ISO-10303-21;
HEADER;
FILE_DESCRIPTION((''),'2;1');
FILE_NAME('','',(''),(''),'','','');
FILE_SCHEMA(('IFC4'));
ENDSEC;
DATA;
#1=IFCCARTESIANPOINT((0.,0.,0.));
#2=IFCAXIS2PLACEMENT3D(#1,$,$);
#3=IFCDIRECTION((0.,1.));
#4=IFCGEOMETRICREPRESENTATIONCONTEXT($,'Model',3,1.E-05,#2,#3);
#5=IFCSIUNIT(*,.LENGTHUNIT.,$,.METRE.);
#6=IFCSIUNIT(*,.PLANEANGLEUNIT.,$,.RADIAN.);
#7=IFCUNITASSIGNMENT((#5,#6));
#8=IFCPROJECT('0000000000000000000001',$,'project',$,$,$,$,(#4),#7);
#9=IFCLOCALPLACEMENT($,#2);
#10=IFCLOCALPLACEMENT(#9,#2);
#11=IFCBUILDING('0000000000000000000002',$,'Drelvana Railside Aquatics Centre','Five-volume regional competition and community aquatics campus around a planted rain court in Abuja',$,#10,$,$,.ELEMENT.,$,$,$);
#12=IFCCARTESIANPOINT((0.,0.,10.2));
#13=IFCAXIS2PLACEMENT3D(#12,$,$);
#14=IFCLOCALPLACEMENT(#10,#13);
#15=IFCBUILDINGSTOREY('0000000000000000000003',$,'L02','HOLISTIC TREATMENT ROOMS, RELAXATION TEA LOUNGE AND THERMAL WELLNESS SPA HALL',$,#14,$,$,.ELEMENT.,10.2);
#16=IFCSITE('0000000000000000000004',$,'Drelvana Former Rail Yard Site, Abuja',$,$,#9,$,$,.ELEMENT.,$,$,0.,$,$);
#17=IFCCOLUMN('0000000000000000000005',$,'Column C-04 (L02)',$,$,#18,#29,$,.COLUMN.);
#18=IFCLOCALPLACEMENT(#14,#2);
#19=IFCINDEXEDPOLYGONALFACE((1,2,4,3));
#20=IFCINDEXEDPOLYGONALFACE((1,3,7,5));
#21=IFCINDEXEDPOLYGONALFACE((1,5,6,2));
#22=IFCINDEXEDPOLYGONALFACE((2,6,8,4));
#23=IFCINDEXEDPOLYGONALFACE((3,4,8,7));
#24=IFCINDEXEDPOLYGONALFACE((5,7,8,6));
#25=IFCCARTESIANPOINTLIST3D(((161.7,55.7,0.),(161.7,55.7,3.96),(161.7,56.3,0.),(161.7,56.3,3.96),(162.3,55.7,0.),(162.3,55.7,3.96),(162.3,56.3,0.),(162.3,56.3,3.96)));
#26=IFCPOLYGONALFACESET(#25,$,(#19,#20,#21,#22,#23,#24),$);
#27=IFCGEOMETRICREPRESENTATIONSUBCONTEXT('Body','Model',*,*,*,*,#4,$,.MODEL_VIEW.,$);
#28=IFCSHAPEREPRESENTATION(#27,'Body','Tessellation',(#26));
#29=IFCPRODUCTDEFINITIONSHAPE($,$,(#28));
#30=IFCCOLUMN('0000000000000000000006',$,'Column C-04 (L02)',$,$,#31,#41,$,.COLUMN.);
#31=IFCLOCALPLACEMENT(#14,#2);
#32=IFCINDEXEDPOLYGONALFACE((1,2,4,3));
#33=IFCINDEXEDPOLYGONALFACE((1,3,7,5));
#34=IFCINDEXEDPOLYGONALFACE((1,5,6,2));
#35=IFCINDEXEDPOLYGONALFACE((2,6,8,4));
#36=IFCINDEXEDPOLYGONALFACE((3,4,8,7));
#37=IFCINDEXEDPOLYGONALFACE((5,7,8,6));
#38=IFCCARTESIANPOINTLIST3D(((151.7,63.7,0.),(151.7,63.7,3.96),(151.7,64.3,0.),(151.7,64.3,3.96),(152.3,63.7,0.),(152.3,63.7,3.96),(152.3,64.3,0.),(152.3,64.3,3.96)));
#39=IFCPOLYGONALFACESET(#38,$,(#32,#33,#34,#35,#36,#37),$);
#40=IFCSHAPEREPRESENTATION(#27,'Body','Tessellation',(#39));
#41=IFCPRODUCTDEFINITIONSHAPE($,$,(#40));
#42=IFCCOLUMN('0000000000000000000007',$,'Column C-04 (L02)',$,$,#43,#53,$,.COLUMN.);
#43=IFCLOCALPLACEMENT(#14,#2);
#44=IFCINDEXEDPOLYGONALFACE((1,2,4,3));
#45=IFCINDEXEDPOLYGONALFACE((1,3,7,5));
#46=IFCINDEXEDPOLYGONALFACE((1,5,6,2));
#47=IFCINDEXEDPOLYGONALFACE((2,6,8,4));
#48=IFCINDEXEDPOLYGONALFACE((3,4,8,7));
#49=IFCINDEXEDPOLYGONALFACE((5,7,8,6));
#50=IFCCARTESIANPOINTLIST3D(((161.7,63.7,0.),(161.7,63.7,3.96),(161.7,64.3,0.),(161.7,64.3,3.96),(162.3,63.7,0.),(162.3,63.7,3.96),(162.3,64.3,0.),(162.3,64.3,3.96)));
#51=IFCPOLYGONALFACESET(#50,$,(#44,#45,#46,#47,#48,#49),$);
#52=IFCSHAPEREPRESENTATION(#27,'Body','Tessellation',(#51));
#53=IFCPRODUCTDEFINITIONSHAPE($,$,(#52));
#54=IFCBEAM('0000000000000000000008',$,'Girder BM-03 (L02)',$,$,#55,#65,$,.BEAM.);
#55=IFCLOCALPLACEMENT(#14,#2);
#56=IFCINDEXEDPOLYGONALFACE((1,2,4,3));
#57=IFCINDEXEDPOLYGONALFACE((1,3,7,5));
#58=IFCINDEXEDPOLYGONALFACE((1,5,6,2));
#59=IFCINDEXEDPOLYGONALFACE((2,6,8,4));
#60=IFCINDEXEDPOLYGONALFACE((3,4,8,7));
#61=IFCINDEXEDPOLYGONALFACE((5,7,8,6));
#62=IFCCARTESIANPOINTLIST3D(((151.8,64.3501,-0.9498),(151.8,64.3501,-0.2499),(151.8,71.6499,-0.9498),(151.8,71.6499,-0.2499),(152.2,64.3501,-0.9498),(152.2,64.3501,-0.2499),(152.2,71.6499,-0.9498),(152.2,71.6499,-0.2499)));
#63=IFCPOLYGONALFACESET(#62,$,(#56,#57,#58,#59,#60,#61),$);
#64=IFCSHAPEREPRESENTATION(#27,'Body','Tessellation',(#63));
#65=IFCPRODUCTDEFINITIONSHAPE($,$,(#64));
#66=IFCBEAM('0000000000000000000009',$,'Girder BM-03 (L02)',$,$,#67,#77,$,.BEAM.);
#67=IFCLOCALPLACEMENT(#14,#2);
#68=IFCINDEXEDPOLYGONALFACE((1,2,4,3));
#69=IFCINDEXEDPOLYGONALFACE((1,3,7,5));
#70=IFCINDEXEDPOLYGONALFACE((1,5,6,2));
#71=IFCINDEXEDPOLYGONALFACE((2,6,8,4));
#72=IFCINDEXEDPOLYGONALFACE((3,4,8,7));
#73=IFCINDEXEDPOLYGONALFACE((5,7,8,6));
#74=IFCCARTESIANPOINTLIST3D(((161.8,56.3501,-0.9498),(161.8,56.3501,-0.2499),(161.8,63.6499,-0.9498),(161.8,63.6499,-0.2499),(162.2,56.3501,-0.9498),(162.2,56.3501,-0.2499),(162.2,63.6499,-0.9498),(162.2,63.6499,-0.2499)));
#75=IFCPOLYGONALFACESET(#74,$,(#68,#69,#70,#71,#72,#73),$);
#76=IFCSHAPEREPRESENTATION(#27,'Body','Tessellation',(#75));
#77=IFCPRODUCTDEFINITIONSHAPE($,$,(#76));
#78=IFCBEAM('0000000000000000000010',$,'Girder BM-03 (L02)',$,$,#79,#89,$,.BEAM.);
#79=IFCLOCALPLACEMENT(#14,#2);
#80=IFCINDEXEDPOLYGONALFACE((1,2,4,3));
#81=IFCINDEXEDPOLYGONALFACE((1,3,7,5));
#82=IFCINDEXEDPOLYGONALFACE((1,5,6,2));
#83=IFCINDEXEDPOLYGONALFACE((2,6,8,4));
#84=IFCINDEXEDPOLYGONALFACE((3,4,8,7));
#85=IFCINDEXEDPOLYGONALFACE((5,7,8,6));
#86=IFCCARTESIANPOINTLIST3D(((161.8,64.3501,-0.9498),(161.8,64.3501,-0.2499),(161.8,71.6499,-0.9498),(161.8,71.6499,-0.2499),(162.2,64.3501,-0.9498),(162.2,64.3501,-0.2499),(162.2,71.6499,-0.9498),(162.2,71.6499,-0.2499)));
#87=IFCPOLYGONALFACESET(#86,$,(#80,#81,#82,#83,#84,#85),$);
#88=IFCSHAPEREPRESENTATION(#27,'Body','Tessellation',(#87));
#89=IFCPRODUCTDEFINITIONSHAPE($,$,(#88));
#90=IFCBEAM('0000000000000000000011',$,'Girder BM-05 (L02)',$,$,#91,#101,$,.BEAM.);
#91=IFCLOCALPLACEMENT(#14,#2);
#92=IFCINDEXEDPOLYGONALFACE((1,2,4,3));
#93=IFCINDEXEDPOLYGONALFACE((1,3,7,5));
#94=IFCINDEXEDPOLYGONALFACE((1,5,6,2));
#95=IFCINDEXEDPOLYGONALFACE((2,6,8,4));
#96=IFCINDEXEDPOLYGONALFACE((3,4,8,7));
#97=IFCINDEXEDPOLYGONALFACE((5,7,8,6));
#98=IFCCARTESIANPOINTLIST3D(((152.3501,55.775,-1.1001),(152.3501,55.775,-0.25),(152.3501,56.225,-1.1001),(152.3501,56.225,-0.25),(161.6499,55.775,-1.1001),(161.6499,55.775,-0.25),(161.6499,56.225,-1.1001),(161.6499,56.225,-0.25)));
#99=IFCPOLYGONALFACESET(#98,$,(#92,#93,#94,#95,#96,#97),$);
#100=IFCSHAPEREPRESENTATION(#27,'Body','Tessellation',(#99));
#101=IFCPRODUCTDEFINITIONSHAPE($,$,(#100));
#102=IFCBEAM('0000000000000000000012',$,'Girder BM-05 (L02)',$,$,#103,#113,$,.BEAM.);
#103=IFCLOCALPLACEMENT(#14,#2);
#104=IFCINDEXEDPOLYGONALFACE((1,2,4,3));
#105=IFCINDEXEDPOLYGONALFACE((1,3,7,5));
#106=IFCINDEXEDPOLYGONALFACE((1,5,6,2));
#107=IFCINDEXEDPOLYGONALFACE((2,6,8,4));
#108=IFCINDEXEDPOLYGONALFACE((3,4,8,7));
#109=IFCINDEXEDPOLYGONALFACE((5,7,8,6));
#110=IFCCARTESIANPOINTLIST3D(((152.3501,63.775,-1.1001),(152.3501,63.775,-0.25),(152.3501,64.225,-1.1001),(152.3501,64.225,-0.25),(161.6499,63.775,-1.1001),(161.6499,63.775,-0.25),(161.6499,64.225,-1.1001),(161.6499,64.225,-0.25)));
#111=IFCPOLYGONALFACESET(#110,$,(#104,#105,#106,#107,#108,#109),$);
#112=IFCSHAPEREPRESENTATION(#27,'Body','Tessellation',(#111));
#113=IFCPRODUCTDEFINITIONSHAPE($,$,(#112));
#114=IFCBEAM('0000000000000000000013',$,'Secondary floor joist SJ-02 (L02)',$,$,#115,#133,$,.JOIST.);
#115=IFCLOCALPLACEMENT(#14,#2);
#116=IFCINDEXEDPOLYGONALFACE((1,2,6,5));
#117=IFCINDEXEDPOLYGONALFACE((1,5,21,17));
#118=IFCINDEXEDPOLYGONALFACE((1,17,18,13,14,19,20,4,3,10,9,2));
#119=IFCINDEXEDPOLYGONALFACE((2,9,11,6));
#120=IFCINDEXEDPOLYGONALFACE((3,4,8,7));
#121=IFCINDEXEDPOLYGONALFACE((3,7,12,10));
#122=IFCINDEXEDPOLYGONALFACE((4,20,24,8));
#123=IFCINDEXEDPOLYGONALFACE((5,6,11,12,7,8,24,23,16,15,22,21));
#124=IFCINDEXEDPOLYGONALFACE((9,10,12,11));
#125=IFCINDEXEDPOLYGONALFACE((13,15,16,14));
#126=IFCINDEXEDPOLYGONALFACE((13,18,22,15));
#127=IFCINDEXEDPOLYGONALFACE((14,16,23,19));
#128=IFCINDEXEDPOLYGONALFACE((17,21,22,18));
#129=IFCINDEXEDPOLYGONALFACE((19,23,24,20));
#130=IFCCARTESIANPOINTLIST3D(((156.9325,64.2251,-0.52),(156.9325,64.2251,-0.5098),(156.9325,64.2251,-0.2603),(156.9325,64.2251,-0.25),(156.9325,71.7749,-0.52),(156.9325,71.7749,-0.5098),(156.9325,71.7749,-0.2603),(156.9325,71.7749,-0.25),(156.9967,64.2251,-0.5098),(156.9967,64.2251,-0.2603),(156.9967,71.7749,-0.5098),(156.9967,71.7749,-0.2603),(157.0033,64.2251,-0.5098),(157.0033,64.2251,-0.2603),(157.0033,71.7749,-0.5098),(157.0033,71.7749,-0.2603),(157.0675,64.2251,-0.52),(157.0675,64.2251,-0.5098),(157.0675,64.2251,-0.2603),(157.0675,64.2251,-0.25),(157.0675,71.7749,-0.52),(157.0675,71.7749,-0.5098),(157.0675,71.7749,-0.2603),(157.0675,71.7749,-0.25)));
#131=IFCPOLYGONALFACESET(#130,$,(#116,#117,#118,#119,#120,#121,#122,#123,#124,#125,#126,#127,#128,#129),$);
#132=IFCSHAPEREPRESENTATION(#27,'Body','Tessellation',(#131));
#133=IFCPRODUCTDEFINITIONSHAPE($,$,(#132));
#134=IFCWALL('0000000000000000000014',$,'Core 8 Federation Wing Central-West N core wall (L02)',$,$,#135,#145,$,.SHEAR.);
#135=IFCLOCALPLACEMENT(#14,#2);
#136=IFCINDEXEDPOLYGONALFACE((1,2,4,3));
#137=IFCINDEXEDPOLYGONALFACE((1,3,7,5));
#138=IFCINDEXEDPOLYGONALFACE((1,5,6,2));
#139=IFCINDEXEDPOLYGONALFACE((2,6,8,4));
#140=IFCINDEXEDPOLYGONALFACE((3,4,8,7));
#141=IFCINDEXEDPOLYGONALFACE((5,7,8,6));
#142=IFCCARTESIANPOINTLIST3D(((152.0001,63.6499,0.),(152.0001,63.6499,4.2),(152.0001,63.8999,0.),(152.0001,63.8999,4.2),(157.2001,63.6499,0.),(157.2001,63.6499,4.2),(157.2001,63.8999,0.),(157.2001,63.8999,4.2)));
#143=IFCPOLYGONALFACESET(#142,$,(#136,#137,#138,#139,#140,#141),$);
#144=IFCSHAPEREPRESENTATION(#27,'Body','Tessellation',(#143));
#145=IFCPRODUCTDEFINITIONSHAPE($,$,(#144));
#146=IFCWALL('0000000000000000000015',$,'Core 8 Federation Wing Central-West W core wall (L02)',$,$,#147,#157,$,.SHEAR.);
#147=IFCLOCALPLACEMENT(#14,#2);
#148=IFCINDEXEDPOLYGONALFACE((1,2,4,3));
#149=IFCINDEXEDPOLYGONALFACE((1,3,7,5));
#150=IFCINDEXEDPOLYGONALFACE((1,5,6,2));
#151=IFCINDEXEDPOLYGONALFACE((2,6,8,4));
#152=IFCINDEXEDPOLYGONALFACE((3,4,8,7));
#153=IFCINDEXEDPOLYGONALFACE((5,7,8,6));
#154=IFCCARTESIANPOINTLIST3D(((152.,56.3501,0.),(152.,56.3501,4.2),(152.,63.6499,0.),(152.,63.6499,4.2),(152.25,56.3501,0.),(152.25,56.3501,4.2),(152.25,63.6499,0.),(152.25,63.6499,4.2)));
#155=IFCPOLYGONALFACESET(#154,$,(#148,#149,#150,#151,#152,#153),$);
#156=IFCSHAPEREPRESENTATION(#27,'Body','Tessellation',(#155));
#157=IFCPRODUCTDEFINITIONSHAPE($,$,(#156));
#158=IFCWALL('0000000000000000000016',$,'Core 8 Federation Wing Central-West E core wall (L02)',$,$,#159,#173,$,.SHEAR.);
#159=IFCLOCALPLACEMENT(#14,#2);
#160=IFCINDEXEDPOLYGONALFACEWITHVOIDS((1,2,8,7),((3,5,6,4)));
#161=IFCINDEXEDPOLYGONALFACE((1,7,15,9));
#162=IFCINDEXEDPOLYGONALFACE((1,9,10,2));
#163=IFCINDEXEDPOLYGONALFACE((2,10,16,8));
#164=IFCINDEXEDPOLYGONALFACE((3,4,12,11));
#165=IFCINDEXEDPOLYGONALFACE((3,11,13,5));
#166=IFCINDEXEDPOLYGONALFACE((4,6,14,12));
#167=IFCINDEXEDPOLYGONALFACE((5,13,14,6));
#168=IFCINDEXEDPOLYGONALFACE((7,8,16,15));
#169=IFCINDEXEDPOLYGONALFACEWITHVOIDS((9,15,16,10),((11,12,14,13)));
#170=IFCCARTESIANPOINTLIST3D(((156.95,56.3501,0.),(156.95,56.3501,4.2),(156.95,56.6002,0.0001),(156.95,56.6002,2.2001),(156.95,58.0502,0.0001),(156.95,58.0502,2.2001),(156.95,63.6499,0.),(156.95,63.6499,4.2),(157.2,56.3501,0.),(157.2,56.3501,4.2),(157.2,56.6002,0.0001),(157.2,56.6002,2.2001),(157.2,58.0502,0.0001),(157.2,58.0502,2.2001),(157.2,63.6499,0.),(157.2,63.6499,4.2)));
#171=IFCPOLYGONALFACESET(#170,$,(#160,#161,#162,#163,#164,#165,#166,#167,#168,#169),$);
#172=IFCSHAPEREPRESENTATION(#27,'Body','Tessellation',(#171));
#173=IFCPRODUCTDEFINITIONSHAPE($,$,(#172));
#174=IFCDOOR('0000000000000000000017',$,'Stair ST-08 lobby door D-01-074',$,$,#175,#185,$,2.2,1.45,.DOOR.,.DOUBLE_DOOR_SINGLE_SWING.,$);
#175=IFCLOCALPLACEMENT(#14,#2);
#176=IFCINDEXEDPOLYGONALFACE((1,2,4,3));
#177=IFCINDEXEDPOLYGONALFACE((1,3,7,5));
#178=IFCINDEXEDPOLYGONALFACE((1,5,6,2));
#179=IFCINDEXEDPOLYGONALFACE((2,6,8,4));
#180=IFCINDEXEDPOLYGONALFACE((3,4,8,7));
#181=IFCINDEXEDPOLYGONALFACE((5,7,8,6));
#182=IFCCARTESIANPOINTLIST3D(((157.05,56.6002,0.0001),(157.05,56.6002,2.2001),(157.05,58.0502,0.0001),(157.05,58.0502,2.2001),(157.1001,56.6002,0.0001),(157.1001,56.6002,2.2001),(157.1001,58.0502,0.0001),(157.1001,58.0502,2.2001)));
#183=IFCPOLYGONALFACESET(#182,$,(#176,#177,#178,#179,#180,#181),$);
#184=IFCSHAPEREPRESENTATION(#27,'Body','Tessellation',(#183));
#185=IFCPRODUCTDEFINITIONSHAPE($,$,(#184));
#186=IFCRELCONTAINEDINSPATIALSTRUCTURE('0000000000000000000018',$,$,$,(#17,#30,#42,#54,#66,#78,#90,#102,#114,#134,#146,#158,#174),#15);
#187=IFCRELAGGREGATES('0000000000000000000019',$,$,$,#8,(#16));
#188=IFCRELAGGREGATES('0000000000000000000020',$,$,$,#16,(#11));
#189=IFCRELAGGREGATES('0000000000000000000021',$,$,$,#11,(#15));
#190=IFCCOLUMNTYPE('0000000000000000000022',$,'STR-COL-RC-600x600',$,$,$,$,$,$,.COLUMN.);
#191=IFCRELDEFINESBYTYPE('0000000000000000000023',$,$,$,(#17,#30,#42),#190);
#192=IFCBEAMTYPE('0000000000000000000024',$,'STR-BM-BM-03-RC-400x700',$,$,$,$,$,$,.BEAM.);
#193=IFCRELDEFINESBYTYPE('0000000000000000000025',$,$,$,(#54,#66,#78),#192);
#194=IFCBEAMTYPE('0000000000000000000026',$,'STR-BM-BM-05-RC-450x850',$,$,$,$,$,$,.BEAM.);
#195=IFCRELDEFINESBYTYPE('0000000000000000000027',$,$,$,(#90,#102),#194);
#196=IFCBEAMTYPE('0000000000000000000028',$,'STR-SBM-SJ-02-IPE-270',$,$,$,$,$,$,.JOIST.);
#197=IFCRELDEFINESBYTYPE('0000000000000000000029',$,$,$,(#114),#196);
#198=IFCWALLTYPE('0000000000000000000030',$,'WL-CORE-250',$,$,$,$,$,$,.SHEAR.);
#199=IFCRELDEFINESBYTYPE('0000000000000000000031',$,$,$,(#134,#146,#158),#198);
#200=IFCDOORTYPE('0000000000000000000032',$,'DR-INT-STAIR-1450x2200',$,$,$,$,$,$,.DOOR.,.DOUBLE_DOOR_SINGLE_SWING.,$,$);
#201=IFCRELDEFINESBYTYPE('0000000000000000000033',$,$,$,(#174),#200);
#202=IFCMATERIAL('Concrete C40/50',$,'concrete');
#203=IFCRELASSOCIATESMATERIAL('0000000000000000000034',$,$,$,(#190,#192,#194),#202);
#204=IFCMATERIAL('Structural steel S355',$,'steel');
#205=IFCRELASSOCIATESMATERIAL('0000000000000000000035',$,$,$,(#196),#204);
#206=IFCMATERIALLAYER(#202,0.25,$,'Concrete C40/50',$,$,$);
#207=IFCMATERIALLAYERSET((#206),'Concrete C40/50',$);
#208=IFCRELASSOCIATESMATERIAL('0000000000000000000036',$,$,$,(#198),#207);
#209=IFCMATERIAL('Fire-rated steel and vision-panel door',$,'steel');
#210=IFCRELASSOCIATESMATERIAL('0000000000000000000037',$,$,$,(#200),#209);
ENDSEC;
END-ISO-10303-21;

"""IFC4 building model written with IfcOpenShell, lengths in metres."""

from ifc_helpers import new_model, si_unit, direction, frame, frame_2d, origin, origin_2d, place, context, subcontext, project, spatial, rectangle, i_section, extrude, material, layer, layer_set, material_profile, profile_set, type_object, element, fill, save


model = new_model("IFC4")

# Units and contexts
model_context = context("Model", 3, precision=1e-05, world=origin(), true_north=direction((0.0, 1.0)))
body_context = subcontext(model_context, "Body", "Model", "MODEL_VIEW")
ifc_project = project(units=[si_unit("LENGTHUNIT", "METRE"), si_unit("PLANEANGLEUNIT", "RADIAN")], contexts=[model_context])

# Site, building, storey
site_placement = place(None, origin())
site = spatial("IfcSite", under=ifc_project, at=site_placement, Name="Drelvana Former Rail Yard Site, Abuja", CompositionType="ELEMENT", RefElevation=0.0)
building_placement = place(site_placement, origin())
building = spatial("IfcBuilding", under=site, at=building_placement, Name="Drelvana Railside Aquatics Centre", Description="Five-volume regional competition and community aquatics campus around a planted rain court in Abuja", CompositionType="ELEMENT")
storey_placement = place(building_placement, frame((0.0, 0.0, 10.2)))
storey = spatial("IfcBuildingStorey", under=building, at=storey_placement, Name="L02", Description="HOLISTIC TREATMENT ROOMS, RELAXATION TEA LOUNGE AND THERMAL WELLNESS SPA HALL", CompositionType="ELEMENT", Elevation=10.2)

# Columns
ifc_material_1 = material(Name="Concrete C40/50", Category="concrete")
ifc_material_profile_1 = material_profile(ifc_material_1, rectangle(XDim=0.6001, YDim=0.6001, at=origin_2d()), Name="RC 600x600")
ifc_profile_set_1 = profile_set([ifc_material_profile_1], Name="Concrete C40/50")
column_type = type_object("IfcColumnType", Name="STR-COL-RC-600x600", PredefinedType="COLUMN", material=ifc_profile_set_1)
for number, where, z_axis, x_axis, name in (
    (1, (162.0, 56.0, 0.0), (0.0, 0.0, 1.0), (1.0, 0.0, 0.0), "Column C-04 (L02)"),
    (2, (152.0, 64.0, 0.0), (0.0, 0.0, 1.0), (1.0, 0.0, 0.0), "Column C-04 (L02)"),
    (3, (162.0, 64.0, 0.0), (0.0, 0.0, 1.0), (1.0, 0.0, 0.0), "Column C-04 (L02)"),
):
    element("IfcColumn", number, at=place(storey_placement, frame(where, z_axis=z_axis, x_axis=x_axis)), inside=storey, type_object=column_type, Name=name, PredefinedType="COLUMN", context=body_context, shape_type="SweptSolid", body=[
        extrude(rectangle(XDim=0.6001, YDim=0.6001, at=origin_2d()), origin(), (0.0, 0.0, 1.0), 3.96),
    ])

# Beams
ifc_material_profile_2 = material_profile(ifc_material_1, rectangle(XDim=0.3999, YDim=0.7, at=origin_2d()), Name="RC 400x700")
ifc_profile_set_2 = profile_set([ifc_material_profile_2], Name="Concrete C40/50")
beam_type_1 = type_object("IfcBeamType", Name="STR-BM-BM-03-RC-400x700", PredefinedType="BEAM", material=ifc_profile_set_2)
for number, where, z_axis, x_axis, name in (
    (4, (152.0, 64.3501, -0.5999), (0.0, 1.0, 0.0), (-1.0, 0.0, 0.0), "Girder BM-03 (L02)"),
    (5, (162.0, 56.3501, -0.5999), (0.0, 1.0, 0.0), (-1.0, 0.0, 0.0), "Girder BM-03 (L02)"),
    (6, (162.0, 64.3501, -0.5999), (0.0, 1.0, 0.0), (-1.0, 0.0, 0.0), "Girder BM-03 (L02)"),
):
    element("IfcBeam", number, at=place(storey_placement, frame(where, z_axis=z_axis, x_axis=x_axis)), inside=storey, type_object=beam_type_1, Name=name, PredefinedType="BEAM", context=body_context, shape_type="SweptSolid", body=[
        extrude(rectangle(XDim=0.3999, YDim=0.7, at=origin_2d()), origin(), (0.0, 0.0, 1.0), 7.2998),
    ])
ifc_material_profile_3 = material_profile(ifc_material_1, rectangle(XDim=0.45, YDim=0.8501, at=origin_2d()), Name="RC 450x850")
ifc_profile_set_3 = profile_set([ifc_material_profile_3], Name="Concrete C40/50")
beam_type_2 = type_object("IfcBeamType", Name="STR-BM-BM-05-RC-450x850", PredefinedType="BEAM", material=ifc_profile_set_3)
for number, where, z_axis, x_axis, name in (
    (7, (152.3501, 56.0, -0.675), (1.0, 0.0, 0.0), (0.0, 1.0, 0.0), "Girder BM-05 (L02)"),
    (8, (152.3501, 64.0, -0.675), (1.0, 0.0, 0.0), (0.0, 1.0, 0.0), "Girder BM-05 (L02)"),
):
    element("IfcBeam", number, at=place(storey_placement, frame(where, z_axis=z_axis, x_axis=x_axis)), inside=storey, type_object=beam_type_2, Name=name, PredefinedType="BEAM", context=body_context, shape_type="SweptSolid", body=[
        extrude(rectangle(XDim=0.45, YDim=0.8501, at=origin_2d()), origin(), (0.0, 0.0, 1.0), 9.2998),
    ])
ifc_material_2 = material(Name="Structural steel S355", Category="steel")
ifc_material_profile_4 = material_profile(ifc_material_2, i_section(OverallWidth=0.135, OverallDepth=0.27, WebThickness=0.0066, FlangeThickness=0.0103, at=origin_2d()), Name="IPE 270")
ifc_profile_set_4 = profile_set([ifc_material_profile_4], Name="Structural steel S355")
beam_type_3 = type_object("IfcBeamType", Name="STR-SBM-SJ-02-IPE-270", PredefinedType="JOIST", material=ifc_profile_set_4)
beam_placement = place(storey_placement, frame((157.0, 64.2251, -0.385), z_axis=(0.0, 1.0, 0.0), x_axis=(-1.0, 0.0, 0.0)))
element("IfcBeam", 9, at=beam_placement, inside=storey, type_object=beam_type_3, Name="Secondary floor joist SJ-02 (L02)", PredefinedType="JOIST", context=body_context, shape_type="SweptSolid", body=[
    extrude(i_section(OverallWidth=0.135, OverallDepth=0.27, WebThickness=0.0066, FlangeThickness=0.0103, at=origin_2d()), origin(), (0.0, 0.0, 1.0), 7.5498),
])

# Walls
ifc_layer_1 = layer(ifc_material_1, 0.25, Name="Concrete C40/50")
ifc_layer_set_1 = layer_set([ifc_layer_1], Name="Concrete C40/50")
wall_type_1 = type_object("IfcWallType", Name="WL-CORE-250", PredefinedType="SHEAR", material=ifc_layer_set_1)
wall_1_placement = place(storey_placement, frame((152.0, 63.7749, 0.0), z_axis=(0.0, 0.0, 1.0), x_axis=(1.0, 0.0, 0.0)))
element("IfcWall", 10, at=wall_1_placement, inside=storey, type_object=wall_type_1, Name="Core 8 Federation Wing Central-West N core wall (L02)", PredefinedType="SHEAR", context=body_context, shape_type="SweptSolid", body=[
    extrude(rectangle(XDim=5.2, YDim=0.25, at=frame_2d((2.6001, 0.0))), origin(), (0.0, 0.0, 1.0), 4.2),
])
wall_2_placement = place(storey_placement, frame((152.125, 56.3501, 0.0), z_axis=(0.0, 0.0, 1.0), x_axis=(0.0, 1.0, 0.0)))
element("IfcWall", 11, at=wall_2_placement, inside=storey, type_object=wall_type_1, Name="Core 8 Federation Wing Central-West W core wall (L02)", PredefinedType="SHEAR", context=body_context, shape_type="SweptSolid", body=[
    extrude(rectangle(XDim=7.2998, YDim=0.25, at=frame_2d((3.6499, 0.0))), origin(), (0.0, 0.0, 1.0), 4.2),
])

# Wall, opening, door
wall_3_placement = place(storey_placement, frame((157.075, 56.3501, 0.0), z_axis=(0.0, 0.0, 1.0), x_axis=(0.0, 1.0, 0.0)))
wall_3 = element("IfcWall", 12, at=wall_3_placement, inside=storey, type_object=wall_type_1, Name="Core 8 Federation Wing Central-West E core wall (L02)", PredefinedType="SHEAR", context=body_context, shape_type="SweptSolid", body=[
    extrude(rectangle(XDim=7.2998, YDim=0.25, at=frame_2d((3.6499, 0.0))), origin(), (0.0, 0.0, 1.0), 4.2),
])
opening_1_placement = place(wall_3_placement, frame((0.25, 0.0, 0.0)))
opening_1 = element("IfcOpeningElement", 13, at=opening_1_placement, cuts=wall_3, PredefinedType="OPENING", context=body_context, shape_type="SweptSolid", body=[
    extrude(rectangle(XDim=1.45, YDim=2.2, at=frame_2d((0.7251, 1.1001))), frame((0.0, 0.135, 0.0), z_axis=(0.0, -1.0, 0.0), x_axis=(1.0, 0.0, 0.0)), (0.0, 0.0, 1.0), 0.27),
])
ifc_material_3 = material(Name="Fire-rated steel and vision-panel door", Category="steel")
door_type_1 = type_object("IfcDoorType", Name="DR-INT-STAIR-1450x2200", OperationType="DOUBLE_DOOR_SINGLE_SWING", PredefinedType="DOOR", material=ifc_material_3)
door_1_placement = place(opening_1_placement, origin())
door_1 = element("IfcDoor", 14, at=door_1_placement, inside=storey, type_object=door_type_1, Name="Stair ST-08 lobby door D-01-074", OperationType="DOUBLE_DOOR_SINGLE_SWING", OverallHeight=2.2, OverallWidth=1.45, PredefinedType="DOOR", context=body_context, shape_type="SweptSolid", body=[
    extrude(rectangle(XDim=1.45, YDim=2.2, at=frame_2d((0.7251, 1.1001))), frame((0.0, 0.0249, 0.0), z_axis=(0.0, -1.0, 0.0), x_axis=(1.0, 0.0, 0.0)), (0.0, 0.0, 1.0), 0.05),
])
fill(opening_1, door_1)

save(model, "model.ifc")
